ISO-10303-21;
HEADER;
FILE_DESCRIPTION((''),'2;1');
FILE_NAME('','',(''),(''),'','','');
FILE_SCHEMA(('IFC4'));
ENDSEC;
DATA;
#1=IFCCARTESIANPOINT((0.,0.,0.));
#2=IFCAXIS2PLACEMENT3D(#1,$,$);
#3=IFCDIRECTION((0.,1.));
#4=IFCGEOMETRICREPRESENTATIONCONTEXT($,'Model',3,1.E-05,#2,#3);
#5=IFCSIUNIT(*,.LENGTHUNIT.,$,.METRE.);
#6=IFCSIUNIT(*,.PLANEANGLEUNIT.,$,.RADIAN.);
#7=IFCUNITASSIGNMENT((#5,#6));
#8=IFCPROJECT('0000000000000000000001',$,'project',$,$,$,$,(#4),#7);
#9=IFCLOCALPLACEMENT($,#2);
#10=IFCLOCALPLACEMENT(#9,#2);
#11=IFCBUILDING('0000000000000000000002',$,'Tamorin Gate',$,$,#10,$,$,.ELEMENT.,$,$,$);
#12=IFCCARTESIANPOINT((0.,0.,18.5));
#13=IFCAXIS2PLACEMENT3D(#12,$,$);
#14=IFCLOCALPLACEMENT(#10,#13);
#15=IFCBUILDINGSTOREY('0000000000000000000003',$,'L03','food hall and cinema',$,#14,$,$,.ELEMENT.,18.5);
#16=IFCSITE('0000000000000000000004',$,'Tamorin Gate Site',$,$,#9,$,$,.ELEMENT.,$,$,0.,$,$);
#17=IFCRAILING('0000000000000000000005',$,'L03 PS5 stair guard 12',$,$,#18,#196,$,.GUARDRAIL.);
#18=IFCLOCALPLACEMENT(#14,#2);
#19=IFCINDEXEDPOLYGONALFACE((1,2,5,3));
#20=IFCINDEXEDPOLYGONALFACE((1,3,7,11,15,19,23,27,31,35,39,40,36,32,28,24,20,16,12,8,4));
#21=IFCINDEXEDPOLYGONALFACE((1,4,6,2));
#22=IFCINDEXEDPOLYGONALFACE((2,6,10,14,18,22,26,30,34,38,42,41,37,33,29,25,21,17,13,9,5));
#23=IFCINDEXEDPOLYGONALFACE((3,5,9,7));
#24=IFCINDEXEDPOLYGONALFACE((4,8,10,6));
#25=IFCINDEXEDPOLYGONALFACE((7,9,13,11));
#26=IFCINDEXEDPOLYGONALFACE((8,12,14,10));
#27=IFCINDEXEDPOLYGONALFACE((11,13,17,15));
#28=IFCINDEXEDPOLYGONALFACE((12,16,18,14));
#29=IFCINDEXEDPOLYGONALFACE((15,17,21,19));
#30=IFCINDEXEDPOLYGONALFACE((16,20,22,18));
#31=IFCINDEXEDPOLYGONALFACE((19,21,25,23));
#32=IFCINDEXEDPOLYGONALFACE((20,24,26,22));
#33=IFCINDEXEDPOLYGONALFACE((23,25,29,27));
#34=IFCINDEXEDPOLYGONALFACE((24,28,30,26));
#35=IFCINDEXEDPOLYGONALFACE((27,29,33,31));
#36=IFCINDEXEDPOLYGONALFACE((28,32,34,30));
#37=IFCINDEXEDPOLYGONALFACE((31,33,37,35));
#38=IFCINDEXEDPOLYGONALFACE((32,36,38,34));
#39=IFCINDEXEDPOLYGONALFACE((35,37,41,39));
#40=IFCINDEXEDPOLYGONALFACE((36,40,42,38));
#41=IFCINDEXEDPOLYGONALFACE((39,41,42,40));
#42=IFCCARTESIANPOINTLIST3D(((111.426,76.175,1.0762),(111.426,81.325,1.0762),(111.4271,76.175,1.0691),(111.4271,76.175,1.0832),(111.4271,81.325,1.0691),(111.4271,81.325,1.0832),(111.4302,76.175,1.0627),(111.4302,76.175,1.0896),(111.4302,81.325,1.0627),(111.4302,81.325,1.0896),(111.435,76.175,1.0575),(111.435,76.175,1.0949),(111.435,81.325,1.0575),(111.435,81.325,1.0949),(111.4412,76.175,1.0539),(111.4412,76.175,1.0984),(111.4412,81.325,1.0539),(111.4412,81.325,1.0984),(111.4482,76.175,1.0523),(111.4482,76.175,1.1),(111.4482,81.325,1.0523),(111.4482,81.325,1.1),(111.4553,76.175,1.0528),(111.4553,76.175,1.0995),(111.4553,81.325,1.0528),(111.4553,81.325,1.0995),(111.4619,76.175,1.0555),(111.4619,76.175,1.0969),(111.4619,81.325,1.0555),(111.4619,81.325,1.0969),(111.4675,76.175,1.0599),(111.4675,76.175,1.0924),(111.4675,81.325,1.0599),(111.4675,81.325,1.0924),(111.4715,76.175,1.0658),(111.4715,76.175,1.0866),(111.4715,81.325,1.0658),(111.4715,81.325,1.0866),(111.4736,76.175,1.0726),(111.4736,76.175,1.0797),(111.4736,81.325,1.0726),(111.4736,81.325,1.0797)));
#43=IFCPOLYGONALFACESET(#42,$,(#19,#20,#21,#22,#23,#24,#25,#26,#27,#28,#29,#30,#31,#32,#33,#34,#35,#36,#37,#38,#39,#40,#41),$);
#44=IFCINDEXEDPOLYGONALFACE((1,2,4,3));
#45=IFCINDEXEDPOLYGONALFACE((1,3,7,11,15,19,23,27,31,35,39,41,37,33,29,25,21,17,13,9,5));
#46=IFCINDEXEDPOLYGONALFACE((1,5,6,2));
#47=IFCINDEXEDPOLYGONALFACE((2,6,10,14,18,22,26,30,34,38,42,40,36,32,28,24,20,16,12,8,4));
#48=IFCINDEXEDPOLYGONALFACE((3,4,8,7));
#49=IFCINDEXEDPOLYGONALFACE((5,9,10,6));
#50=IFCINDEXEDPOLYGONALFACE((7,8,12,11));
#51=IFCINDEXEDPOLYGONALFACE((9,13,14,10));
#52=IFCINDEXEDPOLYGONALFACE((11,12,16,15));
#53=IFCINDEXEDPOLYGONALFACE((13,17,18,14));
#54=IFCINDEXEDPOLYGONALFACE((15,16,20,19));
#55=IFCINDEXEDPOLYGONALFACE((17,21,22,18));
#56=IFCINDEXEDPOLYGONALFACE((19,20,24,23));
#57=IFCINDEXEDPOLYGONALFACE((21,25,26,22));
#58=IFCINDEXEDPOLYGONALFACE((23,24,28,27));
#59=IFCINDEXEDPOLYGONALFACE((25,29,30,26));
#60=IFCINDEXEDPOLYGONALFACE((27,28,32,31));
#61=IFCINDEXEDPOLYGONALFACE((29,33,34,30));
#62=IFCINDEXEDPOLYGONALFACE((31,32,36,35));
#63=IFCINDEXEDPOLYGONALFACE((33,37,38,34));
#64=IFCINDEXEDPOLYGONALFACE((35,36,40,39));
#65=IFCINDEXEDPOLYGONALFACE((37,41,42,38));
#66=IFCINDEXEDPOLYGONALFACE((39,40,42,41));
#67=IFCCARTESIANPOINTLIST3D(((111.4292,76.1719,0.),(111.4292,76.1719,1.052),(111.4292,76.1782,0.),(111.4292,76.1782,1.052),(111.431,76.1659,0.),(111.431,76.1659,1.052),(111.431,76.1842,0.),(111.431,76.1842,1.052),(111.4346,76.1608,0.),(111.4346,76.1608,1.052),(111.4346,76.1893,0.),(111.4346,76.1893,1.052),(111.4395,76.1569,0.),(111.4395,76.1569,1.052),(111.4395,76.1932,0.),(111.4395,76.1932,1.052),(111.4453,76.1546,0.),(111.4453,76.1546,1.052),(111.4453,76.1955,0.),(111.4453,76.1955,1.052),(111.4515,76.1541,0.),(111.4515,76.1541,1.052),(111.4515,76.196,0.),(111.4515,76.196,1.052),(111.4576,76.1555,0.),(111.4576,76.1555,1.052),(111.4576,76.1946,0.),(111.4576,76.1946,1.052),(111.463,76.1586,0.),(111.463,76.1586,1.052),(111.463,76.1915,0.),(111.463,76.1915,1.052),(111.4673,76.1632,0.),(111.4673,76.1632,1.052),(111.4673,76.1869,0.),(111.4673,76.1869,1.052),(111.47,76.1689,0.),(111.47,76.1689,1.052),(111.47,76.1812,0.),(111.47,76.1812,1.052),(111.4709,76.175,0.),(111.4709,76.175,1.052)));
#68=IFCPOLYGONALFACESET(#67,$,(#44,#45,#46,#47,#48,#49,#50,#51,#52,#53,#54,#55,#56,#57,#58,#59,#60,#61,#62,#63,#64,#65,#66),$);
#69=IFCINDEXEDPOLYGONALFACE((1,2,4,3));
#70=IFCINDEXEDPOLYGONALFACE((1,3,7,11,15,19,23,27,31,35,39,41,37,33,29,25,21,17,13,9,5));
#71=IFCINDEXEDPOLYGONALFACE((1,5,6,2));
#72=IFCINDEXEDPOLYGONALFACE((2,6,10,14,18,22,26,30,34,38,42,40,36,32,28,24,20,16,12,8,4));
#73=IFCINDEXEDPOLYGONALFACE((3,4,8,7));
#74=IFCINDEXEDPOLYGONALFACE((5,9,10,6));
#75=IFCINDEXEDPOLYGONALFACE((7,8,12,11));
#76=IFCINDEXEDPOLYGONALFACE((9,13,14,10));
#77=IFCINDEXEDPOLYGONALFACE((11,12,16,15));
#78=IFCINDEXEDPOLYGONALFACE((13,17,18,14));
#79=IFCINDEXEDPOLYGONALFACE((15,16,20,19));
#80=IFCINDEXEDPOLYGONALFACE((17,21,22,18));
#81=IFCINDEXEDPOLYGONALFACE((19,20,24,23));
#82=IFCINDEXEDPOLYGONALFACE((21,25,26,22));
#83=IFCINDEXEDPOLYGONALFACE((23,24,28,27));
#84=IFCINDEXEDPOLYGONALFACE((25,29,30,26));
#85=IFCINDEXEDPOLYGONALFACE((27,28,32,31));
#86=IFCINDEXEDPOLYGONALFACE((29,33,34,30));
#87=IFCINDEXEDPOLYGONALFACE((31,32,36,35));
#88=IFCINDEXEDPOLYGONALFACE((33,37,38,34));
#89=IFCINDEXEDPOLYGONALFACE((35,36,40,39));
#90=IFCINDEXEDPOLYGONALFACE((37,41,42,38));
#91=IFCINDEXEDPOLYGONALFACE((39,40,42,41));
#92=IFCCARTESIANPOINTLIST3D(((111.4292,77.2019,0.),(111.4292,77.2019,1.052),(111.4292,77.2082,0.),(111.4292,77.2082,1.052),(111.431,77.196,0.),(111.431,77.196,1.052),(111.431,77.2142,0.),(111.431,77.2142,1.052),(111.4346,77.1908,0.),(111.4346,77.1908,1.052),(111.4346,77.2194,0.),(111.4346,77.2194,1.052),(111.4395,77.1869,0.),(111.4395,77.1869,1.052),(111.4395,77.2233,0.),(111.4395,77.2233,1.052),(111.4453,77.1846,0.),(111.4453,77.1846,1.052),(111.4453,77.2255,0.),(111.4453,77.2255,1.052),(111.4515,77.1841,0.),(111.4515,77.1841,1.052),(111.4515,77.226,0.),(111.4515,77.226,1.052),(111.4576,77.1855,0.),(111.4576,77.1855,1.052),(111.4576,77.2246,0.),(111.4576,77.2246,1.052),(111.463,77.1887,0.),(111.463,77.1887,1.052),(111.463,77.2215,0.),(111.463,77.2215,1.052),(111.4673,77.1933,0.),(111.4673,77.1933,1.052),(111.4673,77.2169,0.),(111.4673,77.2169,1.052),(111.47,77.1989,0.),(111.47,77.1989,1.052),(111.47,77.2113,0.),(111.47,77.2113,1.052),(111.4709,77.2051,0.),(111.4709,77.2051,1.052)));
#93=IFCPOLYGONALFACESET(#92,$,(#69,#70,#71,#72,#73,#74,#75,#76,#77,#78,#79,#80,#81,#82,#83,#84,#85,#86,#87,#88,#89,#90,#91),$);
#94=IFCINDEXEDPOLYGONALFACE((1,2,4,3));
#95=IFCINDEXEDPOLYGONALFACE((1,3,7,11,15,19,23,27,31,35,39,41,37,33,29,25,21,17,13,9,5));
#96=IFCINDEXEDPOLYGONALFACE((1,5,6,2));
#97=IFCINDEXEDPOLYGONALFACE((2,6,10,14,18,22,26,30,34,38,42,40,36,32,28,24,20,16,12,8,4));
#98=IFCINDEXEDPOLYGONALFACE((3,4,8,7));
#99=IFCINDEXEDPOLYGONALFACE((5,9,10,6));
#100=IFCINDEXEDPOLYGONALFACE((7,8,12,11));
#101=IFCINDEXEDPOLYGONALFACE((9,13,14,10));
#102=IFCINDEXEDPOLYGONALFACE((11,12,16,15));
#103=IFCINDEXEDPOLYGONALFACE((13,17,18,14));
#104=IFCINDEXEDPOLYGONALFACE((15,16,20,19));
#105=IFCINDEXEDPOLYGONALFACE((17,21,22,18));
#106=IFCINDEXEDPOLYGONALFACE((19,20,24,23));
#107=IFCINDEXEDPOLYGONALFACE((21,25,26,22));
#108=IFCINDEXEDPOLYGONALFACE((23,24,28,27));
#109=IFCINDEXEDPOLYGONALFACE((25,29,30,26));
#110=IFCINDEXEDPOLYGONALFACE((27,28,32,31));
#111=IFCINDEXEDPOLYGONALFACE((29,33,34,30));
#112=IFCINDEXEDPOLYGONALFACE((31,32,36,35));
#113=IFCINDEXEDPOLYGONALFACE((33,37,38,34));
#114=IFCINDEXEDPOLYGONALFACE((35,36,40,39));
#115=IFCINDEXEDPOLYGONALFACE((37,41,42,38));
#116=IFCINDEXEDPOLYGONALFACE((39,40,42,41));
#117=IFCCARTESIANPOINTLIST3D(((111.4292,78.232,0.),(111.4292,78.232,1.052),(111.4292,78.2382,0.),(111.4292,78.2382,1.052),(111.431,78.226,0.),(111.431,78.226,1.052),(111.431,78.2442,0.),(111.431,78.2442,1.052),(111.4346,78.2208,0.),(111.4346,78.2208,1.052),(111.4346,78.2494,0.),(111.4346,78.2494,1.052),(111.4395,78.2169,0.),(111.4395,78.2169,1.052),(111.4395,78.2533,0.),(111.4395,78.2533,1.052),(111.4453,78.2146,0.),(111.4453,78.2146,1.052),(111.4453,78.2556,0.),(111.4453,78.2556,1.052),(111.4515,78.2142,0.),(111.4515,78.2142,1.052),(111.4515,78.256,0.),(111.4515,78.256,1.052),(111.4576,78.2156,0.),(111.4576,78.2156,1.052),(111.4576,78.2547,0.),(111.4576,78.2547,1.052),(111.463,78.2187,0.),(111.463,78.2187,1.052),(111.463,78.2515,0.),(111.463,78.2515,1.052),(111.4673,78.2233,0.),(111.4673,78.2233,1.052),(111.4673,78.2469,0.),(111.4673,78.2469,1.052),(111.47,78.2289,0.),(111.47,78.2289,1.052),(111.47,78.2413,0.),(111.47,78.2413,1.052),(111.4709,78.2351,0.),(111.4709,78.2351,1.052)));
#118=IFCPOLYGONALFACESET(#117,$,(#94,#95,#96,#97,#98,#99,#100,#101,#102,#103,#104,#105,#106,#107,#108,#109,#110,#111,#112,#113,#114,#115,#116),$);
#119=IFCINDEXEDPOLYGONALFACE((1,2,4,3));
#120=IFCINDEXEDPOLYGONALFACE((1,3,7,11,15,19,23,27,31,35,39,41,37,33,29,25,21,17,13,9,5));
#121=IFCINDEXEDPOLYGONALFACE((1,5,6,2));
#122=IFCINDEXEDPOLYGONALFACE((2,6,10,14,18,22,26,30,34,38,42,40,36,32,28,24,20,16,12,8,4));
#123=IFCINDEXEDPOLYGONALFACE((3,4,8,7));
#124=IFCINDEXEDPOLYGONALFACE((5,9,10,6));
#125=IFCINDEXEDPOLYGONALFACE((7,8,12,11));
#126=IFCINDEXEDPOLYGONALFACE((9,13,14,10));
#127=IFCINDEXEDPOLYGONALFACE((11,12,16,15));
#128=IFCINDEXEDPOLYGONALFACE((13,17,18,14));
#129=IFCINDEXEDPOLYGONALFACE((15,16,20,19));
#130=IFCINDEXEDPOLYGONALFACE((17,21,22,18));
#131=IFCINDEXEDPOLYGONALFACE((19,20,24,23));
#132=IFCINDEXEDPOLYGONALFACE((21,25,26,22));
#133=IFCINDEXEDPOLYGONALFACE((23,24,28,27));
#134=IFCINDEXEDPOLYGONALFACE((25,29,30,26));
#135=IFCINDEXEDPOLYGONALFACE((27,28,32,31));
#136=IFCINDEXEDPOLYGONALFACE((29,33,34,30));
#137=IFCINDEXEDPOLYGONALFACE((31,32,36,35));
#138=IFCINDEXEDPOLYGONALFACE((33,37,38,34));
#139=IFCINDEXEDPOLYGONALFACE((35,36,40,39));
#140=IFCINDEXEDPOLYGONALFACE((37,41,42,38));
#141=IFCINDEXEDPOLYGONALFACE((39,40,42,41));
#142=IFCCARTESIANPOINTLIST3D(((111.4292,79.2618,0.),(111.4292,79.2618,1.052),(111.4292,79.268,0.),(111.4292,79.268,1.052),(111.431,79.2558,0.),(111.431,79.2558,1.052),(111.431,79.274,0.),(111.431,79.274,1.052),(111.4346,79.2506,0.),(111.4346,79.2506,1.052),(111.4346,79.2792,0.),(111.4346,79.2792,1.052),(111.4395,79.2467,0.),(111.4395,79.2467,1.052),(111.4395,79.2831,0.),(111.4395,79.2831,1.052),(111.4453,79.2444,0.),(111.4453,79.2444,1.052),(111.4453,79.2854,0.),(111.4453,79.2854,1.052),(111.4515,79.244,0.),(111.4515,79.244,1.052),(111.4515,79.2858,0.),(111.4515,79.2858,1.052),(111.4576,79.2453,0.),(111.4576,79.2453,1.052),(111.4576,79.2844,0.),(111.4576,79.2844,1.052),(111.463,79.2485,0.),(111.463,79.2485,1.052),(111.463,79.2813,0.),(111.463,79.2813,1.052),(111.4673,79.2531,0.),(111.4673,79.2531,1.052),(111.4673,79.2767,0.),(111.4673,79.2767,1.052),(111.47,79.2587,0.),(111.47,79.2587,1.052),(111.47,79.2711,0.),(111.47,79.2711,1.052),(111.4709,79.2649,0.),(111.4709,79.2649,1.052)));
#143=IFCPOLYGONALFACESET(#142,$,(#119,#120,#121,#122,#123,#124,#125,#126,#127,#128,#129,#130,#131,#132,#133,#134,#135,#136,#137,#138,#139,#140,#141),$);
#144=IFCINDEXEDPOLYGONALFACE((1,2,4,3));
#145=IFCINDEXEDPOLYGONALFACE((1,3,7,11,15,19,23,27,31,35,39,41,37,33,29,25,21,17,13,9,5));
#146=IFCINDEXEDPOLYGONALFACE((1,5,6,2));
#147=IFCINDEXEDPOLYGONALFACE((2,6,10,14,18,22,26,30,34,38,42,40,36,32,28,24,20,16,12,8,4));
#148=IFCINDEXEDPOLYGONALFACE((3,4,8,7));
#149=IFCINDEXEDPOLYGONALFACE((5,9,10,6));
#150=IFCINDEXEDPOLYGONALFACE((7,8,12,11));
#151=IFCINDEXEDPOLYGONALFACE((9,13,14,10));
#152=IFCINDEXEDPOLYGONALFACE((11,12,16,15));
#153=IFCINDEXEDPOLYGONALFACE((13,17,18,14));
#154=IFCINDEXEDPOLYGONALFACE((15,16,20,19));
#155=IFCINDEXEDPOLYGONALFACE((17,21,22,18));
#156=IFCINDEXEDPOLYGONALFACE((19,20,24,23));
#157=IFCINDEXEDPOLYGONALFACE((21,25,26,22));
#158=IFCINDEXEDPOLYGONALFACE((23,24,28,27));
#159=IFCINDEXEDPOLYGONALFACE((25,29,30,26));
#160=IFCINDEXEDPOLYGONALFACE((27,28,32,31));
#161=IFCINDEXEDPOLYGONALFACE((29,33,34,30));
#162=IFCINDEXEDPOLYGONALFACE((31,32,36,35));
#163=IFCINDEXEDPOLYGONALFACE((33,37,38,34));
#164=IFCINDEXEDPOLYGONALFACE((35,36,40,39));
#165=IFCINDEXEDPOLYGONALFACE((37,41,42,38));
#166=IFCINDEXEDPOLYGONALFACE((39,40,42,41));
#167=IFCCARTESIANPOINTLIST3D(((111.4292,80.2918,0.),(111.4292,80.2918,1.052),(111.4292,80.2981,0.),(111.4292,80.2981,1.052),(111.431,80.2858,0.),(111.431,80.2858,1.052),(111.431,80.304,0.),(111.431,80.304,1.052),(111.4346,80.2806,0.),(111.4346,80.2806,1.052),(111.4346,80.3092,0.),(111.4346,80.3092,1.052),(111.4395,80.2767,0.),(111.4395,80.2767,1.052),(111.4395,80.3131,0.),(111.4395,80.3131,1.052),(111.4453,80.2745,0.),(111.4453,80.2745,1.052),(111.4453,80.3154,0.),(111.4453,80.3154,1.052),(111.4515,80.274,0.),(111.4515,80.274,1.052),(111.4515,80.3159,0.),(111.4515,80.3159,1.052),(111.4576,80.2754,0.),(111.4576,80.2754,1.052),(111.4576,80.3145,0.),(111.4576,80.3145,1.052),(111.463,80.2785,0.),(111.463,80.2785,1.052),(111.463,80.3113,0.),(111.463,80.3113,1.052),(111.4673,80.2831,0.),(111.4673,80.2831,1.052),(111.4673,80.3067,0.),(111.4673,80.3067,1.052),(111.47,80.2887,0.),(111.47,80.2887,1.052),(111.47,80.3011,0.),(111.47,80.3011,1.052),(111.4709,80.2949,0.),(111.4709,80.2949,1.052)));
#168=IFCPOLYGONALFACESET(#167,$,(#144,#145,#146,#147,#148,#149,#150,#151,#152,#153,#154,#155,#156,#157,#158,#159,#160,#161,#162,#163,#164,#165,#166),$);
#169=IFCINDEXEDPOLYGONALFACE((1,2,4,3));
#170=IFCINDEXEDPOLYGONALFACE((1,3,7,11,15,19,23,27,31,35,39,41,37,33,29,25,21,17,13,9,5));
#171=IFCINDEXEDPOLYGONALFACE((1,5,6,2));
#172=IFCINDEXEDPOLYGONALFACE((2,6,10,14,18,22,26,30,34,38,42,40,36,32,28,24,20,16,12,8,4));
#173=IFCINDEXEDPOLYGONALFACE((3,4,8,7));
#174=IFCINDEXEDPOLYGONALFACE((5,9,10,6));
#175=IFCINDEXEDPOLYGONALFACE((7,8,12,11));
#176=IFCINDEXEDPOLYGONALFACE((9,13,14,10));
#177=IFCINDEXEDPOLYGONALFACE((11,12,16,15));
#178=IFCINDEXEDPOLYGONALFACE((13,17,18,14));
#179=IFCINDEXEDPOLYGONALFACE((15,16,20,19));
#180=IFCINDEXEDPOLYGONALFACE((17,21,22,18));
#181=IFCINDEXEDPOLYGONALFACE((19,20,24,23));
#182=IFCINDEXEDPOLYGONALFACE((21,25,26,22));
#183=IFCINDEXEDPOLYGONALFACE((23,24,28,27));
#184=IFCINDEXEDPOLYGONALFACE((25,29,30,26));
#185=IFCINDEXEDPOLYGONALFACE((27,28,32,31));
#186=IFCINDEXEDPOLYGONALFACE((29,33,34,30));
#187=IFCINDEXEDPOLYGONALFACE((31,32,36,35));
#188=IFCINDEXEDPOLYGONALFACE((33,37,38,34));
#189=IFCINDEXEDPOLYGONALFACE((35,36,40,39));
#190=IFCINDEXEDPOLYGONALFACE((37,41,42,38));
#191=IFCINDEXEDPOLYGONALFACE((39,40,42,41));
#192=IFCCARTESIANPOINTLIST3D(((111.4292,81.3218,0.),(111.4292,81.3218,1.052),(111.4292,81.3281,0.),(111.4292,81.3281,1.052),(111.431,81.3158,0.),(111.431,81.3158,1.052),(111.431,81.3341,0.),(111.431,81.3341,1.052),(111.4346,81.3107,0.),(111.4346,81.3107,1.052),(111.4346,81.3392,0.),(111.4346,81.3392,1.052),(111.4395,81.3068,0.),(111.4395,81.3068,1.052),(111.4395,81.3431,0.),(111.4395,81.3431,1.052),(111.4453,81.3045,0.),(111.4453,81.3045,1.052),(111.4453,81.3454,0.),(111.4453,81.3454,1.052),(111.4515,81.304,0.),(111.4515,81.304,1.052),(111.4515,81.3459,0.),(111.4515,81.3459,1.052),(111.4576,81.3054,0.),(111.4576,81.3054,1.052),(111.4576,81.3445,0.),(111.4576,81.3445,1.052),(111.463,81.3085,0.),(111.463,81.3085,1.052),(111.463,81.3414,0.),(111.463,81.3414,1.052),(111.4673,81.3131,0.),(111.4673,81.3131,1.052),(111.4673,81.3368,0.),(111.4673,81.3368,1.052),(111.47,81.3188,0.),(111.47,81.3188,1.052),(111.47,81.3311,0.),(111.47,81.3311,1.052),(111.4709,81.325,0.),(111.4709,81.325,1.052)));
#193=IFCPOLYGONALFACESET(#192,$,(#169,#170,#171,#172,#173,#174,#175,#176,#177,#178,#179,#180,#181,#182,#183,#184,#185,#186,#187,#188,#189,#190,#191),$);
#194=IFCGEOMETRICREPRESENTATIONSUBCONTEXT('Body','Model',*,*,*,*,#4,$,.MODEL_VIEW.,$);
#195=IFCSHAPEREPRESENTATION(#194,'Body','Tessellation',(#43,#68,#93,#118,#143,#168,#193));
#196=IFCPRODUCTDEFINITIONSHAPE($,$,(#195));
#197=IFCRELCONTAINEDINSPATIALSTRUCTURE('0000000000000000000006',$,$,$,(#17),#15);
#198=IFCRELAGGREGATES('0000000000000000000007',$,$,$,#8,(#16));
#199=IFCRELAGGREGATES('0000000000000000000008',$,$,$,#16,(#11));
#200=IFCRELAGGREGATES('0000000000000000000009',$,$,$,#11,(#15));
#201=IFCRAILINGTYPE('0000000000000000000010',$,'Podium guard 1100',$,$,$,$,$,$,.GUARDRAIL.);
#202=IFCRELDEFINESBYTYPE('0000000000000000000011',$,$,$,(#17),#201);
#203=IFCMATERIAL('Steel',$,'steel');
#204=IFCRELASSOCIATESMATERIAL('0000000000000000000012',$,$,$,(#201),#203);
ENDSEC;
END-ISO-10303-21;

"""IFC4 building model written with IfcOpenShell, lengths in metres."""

from ifc_helpers import new_model, si_unit, direction, frame, origin, origin_2d, place, context, subcontext, project, spatial, circle, extrude, material, type_object, element, save


model = new_model("IFC4")

# Units and contexts
model_context = context("Model", 3, precision=1e-05, world=origin(), true_north=direction((0.0, 1.0)))
body_context = subcontext(model_context, "Body", "Model", "MODEL_VIEW")
ifc_project = project(units=[si_unit("LENGTHUNIT", "METRE"), si_unit("PLANEANGLEUNIT", "RADIAN")], contexts=[model_context])

# Site, building, storey
site_placement = place(None, origin())
site = spatial("IfcSite", under=ifc_project, at=site_placement, Name="Tamorin Gate Site", CompositionType="ELEMENT", RefElevation=0.0)
building_placement = place(site_placement, origin())
building = spatial("IfcBuilding", under=site, at=building_placement, Name="Tamorin Gate", CompositionType="ELEMENT")
storey_placement = place(building_placement, frame((0.0, 0.0, 18.5)))
storey = spatial("IfcBuildingStorey", under=building, at=storey_placement, Name="L03", Description="food hall and cinema", CompositionType="ELEMENT", Elevation=18.5)

# Railing
ifc_material_1 = material(Name="Steel", Category="steel")
railing_type_1 = type_object("IfcRailingType", Name="Podium guard 1100", PredefinedType="GUARDRAIL", material=ifc_material_1)
railing_1_placement = place(storey_placement, frame((111.45, 76.175, 0.0)))
element("IfcRailing", 1, at=railing_1_placement, inside=storey, type_object=railing_type_1, Name="L03 PS5 stair guard 12", PredefinedType="GUARDRAIL", context=body_context, shape_type="SweptSolid", body=[
    extrude(circle(Radius=0.0239, at=origin_2d()), frame((0.0, 0.0, 1.0762), z_axis=(0.0, 1.0, 0.0), x_axis=(-1.0, 0.0, 0.0)), (0.0, 0.0, 1.0), 5.1499),
    extrude(circle(Radius=0.021, at=origin_2d()), origin(), (0.0, 0.0, 1.0), 1.052),
    extrude(circle(Radius=0.021, at=origin_2d()), frame((0.0, 1.03, 0.0)), (0.0, 0.0, 1.0), 1.052),
    extrude(circle(Radius=0.021, at=origin_2d()), frame((0.0, 2.0601, 0.0)), (0.0, 0.0, 1.0), 1.052),
    extrude(circle(Radius=0.021, at=origin_2d()), frame((0.0, 3.0898, 0.0)), (0.0, 0.0, 1.0), 1.052),
    extrude(circle(Radius=0.021, at=origin_2d()), frame((0.0, 4.1199, 0.0)), (0.0, 0.0, 1.0), 1.052),
    extrude(circle(Radius=0.021, at=origin_2d()), frame((0.0, 5.1499, 0.0)), (0.0, 0.0, 1.0), 1.052),
])

save(model, "model.ifc")
